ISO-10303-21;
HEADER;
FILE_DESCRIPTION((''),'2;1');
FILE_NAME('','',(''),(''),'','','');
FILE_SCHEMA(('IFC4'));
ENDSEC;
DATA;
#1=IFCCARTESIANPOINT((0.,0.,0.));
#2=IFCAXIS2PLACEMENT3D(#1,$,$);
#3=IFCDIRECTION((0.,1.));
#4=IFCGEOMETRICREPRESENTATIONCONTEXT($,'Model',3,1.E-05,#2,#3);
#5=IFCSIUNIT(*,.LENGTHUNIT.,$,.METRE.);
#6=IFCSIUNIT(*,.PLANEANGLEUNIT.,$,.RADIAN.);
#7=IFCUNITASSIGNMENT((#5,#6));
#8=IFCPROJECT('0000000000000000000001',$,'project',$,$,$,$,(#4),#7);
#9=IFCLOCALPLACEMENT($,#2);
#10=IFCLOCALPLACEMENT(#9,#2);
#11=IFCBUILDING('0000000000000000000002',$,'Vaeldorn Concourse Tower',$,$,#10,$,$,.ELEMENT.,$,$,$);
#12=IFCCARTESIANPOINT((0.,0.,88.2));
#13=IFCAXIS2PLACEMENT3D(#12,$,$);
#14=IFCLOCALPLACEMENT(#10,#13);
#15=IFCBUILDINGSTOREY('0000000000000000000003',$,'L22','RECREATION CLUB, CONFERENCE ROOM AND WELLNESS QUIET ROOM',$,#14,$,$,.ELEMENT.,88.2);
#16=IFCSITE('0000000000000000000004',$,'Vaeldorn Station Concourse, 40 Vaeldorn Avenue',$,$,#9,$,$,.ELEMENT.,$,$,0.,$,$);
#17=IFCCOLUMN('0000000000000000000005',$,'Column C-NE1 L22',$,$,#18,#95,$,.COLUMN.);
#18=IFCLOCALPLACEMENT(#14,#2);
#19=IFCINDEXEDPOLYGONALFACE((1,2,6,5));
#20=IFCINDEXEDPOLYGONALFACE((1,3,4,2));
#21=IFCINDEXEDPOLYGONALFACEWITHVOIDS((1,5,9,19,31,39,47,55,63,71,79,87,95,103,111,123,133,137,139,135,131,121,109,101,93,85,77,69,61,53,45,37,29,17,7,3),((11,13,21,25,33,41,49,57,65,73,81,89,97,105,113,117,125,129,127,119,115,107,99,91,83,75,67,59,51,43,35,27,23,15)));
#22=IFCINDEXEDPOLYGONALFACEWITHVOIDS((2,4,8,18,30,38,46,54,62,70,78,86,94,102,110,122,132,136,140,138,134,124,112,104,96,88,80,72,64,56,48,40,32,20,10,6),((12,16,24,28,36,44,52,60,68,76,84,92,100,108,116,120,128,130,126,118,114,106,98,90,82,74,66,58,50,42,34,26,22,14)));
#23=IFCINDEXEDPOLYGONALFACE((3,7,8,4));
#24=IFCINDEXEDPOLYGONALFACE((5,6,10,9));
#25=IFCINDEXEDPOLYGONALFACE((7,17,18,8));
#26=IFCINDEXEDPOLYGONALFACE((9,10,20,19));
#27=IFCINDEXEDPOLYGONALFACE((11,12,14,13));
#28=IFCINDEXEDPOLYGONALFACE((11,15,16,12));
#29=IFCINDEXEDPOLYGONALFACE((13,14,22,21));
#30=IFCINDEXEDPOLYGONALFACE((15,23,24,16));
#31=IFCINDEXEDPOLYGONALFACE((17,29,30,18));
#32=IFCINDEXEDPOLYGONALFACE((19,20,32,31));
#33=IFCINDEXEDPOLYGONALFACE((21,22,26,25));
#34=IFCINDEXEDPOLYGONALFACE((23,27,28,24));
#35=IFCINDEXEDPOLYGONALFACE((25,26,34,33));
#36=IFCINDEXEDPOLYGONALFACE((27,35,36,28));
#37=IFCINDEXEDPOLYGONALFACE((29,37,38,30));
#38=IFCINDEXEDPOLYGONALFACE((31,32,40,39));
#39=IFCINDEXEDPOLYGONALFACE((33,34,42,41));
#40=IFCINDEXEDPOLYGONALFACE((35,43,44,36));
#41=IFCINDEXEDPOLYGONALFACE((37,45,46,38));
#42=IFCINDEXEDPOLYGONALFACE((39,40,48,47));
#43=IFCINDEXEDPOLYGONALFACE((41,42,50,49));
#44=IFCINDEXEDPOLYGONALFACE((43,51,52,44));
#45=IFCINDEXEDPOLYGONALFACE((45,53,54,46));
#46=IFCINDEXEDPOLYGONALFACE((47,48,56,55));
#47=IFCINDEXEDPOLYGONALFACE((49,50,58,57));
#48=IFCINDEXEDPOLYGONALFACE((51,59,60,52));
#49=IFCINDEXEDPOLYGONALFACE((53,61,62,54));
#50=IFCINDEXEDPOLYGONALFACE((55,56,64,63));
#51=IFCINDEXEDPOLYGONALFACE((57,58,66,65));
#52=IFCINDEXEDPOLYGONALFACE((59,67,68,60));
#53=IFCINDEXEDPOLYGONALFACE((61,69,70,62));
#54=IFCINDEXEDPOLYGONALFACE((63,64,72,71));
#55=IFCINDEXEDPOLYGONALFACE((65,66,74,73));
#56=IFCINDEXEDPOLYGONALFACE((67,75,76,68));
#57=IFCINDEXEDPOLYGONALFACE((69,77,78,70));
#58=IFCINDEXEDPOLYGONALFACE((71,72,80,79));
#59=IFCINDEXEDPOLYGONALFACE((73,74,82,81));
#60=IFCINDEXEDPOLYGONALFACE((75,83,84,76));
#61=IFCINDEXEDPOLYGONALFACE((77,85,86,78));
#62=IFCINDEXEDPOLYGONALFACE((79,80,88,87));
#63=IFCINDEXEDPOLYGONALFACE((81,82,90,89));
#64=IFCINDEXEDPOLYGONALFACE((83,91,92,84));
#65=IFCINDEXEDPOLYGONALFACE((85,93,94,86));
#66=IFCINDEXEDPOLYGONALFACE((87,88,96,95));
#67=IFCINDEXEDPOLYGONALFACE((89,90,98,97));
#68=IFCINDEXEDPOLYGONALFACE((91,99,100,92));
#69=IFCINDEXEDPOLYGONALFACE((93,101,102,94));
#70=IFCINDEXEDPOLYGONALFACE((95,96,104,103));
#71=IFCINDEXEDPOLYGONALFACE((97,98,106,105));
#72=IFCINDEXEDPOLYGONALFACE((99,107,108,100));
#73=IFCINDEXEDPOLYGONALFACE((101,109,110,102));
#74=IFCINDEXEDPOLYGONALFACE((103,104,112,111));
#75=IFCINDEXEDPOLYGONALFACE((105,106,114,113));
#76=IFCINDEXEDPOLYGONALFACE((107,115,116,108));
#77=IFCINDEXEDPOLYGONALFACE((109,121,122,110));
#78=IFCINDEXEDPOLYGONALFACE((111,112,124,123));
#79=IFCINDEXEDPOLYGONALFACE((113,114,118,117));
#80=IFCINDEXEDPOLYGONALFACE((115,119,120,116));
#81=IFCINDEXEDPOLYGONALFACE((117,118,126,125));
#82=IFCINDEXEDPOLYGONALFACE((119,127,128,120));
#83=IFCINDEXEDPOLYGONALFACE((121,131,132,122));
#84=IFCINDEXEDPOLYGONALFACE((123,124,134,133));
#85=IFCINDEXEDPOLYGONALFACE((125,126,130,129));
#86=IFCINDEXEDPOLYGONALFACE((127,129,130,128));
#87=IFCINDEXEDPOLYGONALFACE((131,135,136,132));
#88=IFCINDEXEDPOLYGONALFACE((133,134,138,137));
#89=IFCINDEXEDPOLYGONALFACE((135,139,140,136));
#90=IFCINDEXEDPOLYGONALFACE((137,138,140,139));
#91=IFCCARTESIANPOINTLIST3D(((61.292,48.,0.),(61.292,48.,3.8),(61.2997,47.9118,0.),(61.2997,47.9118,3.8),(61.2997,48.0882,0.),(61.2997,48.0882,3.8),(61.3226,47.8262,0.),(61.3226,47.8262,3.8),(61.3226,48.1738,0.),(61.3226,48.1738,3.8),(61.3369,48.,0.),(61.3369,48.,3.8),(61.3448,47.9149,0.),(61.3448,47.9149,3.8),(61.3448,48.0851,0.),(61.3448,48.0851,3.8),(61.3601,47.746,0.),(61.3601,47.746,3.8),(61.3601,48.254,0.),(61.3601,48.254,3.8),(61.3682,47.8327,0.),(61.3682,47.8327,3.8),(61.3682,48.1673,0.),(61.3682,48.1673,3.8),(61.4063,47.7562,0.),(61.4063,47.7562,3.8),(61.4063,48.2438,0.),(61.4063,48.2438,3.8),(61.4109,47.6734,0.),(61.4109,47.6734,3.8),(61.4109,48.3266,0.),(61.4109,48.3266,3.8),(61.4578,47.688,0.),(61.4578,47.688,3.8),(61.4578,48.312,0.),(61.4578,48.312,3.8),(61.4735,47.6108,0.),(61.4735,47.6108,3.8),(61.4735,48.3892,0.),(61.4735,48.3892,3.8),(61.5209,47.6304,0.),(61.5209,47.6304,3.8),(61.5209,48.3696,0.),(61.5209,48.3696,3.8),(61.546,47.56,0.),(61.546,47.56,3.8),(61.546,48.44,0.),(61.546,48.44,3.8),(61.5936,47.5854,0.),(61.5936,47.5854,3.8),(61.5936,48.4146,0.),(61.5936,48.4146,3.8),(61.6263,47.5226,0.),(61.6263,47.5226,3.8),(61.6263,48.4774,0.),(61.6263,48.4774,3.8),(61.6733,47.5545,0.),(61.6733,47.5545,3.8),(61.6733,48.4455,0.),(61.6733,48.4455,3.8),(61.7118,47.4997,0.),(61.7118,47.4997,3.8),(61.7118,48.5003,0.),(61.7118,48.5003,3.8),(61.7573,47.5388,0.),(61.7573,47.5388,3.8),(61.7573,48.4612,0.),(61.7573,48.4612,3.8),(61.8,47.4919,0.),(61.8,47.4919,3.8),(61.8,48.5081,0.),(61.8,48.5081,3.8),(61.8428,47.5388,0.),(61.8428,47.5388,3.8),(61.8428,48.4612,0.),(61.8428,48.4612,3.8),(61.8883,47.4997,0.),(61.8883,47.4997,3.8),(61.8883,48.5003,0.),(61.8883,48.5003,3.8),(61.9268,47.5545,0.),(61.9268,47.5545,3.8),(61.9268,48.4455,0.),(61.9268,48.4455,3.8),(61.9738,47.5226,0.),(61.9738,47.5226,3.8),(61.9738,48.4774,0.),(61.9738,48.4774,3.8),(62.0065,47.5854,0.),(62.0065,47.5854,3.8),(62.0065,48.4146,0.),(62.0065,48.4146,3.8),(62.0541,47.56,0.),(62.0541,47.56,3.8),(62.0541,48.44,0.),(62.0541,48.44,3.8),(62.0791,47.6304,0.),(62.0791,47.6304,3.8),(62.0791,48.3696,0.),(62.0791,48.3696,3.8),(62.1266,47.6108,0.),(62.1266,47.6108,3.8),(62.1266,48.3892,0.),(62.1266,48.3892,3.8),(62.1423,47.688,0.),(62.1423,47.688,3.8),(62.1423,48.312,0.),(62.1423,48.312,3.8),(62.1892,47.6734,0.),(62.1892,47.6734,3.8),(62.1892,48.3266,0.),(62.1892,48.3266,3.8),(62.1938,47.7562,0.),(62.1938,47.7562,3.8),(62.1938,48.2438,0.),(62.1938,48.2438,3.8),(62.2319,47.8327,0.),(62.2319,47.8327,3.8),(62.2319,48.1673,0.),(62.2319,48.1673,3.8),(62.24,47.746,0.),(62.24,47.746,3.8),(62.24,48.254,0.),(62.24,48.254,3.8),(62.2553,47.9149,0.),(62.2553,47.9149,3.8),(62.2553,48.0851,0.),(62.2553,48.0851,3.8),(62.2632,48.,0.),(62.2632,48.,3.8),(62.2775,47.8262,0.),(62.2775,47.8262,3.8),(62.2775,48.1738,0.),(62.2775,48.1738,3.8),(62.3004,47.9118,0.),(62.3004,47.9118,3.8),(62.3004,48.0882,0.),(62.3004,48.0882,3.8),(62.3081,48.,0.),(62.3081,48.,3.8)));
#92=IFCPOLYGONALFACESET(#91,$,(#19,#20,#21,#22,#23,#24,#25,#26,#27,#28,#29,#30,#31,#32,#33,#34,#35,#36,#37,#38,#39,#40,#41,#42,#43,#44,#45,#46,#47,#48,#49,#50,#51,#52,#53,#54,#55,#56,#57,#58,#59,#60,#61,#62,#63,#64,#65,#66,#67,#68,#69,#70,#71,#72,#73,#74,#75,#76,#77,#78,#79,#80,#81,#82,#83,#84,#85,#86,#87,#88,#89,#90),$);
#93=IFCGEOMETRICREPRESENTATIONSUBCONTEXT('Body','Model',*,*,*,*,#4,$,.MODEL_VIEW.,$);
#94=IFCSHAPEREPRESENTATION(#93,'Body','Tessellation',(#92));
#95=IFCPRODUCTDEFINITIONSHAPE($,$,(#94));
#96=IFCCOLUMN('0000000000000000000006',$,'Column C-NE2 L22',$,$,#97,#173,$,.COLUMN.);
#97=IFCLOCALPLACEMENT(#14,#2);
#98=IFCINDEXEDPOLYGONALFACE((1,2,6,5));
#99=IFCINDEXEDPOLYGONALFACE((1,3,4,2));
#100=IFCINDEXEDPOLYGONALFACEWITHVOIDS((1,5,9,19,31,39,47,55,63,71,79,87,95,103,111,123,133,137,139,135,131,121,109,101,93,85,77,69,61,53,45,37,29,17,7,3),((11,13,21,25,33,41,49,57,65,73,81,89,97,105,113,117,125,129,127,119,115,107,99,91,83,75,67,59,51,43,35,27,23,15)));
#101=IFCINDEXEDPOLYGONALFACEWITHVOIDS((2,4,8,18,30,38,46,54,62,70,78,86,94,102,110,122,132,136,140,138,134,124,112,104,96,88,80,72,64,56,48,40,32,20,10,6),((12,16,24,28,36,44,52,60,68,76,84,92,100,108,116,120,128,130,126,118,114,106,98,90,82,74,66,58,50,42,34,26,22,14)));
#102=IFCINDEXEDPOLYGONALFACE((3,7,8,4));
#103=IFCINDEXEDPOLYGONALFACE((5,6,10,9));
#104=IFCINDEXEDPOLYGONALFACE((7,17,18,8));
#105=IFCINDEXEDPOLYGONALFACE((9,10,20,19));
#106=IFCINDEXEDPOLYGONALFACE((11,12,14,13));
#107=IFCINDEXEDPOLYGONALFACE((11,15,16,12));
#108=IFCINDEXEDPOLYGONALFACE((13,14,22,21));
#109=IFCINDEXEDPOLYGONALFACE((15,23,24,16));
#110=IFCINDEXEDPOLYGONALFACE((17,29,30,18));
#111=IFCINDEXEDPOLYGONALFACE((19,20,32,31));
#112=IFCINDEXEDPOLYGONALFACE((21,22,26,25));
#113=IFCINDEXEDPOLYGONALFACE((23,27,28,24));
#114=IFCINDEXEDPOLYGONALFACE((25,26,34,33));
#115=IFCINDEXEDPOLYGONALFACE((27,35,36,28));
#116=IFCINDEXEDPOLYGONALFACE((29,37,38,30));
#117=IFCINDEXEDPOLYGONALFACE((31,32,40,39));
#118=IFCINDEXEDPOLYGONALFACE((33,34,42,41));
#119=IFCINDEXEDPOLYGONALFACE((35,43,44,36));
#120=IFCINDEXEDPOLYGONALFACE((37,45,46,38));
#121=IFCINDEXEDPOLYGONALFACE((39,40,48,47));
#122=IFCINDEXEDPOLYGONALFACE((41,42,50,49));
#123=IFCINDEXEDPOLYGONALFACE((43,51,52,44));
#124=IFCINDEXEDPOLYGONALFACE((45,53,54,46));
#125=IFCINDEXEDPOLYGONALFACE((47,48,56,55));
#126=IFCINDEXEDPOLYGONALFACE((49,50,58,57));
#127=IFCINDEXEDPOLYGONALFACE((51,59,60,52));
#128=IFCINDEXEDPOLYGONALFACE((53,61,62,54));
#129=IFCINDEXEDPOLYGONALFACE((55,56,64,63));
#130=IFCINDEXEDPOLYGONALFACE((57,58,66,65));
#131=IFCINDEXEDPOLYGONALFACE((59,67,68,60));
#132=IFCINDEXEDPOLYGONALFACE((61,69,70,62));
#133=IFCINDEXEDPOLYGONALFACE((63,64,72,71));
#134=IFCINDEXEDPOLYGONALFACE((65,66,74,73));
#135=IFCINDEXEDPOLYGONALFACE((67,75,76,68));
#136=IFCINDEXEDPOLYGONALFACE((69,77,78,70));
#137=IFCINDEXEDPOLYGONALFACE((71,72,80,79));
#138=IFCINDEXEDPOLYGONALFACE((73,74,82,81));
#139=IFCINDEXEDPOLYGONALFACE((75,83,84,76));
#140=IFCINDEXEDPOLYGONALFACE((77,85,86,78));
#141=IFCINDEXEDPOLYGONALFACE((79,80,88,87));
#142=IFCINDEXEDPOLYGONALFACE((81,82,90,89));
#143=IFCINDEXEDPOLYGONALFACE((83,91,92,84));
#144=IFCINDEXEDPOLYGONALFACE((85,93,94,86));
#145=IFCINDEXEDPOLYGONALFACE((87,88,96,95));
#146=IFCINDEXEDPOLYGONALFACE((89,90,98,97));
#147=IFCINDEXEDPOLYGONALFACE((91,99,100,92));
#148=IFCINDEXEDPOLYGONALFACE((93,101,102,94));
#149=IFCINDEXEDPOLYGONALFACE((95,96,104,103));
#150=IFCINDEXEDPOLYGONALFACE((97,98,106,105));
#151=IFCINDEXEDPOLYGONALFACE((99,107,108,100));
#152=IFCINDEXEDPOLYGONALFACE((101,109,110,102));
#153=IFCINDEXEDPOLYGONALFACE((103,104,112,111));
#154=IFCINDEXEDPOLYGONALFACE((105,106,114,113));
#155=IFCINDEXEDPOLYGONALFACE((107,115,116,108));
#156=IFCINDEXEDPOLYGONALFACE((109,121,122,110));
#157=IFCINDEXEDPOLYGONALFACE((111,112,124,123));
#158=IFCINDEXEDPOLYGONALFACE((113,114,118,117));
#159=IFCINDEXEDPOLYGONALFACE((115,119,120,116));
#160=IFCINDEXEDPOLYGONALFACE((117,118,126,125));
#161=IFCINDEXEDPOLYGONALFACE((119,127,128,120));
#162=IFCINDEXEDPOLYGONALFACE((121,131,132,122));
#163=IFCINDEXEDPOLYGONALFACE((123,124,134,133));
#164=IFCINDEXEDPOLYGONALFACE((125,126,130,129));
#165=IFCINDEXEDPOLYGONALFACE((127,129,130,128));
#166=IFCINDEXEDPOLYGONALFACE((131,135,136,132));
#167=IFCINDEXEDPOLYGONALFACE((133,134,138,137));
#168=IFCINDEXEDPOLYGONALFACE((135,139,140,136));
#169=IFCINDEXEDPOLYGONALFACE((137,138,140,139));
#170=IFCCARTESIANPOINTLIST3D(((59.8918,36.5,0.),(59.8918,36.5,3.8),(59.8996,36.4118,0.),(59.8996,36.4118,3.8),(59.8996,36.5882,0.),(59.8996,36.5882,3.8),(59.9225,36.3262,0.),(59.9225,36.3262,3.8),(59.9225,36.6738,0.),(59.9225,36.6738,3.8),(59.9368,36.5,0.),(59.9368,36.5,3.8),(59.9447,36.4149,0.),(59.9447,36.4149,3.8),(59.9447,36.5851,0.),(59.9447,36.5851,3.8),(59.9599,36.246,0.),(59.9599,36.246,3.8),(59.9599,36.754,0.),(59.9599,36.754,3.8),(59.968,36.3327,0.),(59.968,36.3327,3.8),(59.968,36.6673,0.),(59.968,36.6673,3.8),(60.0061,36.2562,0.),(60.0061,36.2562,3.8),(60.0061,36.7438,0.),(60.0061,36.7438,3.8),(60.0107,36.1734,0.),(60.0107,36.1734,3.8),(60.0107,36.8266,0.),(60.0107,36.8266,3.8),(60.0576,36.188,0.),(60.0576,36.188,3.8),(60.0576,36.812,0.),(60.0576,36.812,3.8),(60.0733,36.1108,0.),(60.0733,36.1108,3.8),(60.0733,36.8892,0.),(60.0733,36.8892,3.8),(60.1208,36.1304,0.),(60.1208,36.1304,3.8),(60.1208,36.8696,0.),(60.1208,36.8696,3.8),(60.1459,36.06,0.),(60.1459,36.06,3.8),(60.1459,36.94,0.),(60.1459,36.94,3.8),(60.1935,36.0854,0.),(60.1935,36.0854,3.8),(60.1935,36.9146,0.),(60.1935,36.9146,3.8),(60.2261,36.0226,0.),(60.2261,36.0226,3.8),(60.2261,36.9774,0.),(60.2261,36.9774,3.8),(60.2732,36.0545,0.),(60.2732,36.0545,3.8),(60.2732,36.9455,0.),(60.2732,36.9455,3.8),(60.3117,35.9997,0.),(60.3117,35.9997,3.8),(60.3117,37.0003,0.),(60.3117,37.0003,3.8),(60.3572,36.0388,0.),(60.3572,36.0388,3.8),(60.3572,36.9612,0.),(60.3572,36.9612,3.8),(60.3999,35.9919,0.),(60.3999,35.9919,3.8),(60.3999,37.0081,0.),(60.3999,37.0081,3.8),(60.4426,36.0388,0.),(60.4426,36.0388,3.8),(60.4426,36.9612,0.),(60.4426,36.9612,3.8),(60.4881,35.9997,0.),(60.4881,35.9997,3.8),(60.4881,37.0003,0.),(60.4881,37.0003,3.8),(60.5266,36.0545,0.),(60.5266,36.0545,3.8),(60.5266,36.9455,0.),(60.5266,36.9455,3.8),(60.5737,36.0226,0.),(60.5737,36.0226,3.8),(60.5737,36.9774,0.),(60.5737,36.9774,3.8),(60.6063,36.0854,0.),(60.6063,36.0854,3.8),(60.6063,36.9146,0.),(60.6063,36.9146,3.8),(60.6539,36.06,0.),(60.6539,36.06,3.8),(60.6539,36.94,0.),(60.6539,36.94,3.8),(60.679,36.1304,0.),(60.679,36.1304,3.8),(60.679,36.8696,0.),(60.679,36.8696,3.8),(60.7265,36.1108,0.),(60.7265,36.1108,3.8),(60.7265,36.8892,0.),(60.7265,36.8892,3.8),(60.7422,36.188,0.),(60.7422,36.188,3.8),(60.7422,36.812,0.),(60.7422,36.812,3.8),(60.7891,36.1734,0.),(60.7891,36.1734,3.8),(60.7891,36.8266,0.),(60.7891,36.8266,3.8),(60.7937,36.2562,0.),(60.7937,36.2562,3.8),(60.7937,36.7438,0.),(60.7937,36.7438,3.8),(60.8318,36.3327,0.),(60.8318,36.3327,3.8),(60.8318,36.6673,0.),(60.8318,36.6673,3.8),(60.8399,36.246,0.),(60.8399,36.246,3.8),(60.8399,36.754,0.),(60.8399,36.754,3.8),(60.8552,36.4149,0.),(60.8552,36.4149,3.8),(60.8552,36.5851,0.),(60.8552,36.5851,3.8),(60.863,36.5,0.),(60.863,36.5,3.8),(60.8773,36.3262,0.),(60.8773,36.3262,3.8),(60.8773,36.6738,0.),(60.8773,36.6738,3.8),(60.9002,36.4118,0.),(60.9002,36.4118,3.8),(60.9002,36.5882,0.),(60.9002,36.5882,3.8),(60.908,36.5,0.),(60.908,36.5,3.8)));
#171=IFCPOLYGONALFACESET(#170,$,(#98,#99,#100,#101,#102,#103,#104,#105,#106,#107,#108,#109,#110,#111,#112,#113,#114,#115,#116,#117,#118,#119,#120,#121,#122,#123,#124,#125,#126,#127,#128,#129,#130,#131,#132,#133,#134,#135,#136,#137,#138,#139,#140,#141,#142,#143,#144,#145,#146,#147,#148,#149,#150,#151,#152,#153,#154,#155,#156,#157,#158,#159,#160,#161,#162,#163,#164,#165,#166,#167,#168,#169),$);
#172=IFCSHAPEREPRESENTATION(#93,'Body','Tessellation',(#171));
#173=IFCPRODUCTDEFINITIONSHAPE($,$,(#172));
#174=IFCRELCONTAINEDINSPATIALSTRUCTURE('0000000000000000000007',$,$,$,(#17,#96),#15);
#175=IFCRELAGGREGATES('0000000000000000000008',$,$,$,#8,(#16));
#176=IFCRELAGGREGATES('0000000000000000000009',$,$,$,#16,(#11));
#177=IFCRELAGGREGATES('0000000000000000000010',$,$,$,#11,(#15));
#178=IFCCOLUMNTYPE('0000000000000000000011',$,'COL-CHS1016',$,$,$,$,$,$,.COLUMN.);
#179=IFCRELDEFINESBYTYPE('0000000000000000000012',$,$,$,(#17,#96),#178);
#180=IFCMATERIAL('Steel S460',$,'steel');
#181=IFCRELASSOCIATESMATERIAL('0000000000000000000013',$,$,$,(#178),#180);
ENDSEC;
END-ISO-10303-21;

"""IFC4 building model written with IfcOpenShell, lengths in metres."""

from ifc_helpers import new_model, si_unit, direction, frame, origin, origin_2d, place, context, subcontext, project, spatial, hollow_circle, extrude, source, transform, mapped, material, material_profile, profile_set, type_object, element, save


model = new_model("IFC4")

# Units and contexts
model_context = context("Model", 3, precision=1e-05, world=origin(), true_north=direction((0.0, 1.0)))
body_context = subcontext(model_context, "Body", "Model", "MODEL_VIEW")
ifc_project = project(units=[si_unit("LENGTHUNIT", "METRE"), si_unit("PLANEANGLEUNIT", "RADIAN")], contexts=[model_context])

# Site, building, storey
site_placement = place(None, origin())
site = spatial("IfcSite", under=ifc_project, at=site_placement, Name="Vaeldorn Station Concourse, 40 Vaeldorn Avenue", CompositionType="ELEMENT", RefElevation=0.0)
building_placement = place(site_placement, origin())
building = spatial("IfcBuilding", under=site, at=building_placement, Name="Vaeldorn Concourse Tower", CompositionType="ELEMENT")
storey_placement = place(building_placement, frame((0.0, 0.0, 88.2)))
storey = spatial("IfcBuildingStorey", under=building, at=storey_placement, Name="L22", Description="RECREATION CLUB, CONFERENCE ROOM AND WELLNESS QUIET ROOM", CompositionType="ELEMENT", Elevation=88.2)

# Columns
ifc_material_1 = material(Name="Steel S460", Category="steel")
ifc_material_profile_1 = material_profile(ifc_material_1, hollow_circle(Radius=0.5081, WallThickness=0.0449, at=origin_2d()), Name="CHS 1016x45")
ifc_profile_set_1 = profile_set([ifc_material_profile_1], Name="Steel S460")
column_type = type_object("IfcColumnType", Name="COL-CHS1016", PredefinedType="COLUMN", material=ifc_profile_set_1)
shared_shape_1 = source(origin(), body_context, "Body", "SweptSolid", [
    extrude(hollow_circle(Radius=0.5081, WallThickness=0.0449, at=origin_2d()), origin(), (0.0, 0.0, 1.0), 3.8),
])
for number, where, z_axis, x_axis, name in (
    (1, (61.8, 48.0, 0.0), (0.0, 0.0, 1.0), (1.0, 0.0, 0.0), "Column C-NE1 L22"),
    (2, (60.3999, 36.5, 0.0), (0.0, 0.0, 1.0), (1.0, 0.0, 0.0), "Column C-NE2 L22"),
):
    element("IfcColumn", number, at=place(storey_placement, frame(where, z_axis=z_axis, x_axis=x_axis)), inside=storey, type_object=column_type, Name=name, PredefinedType="COLUMN", context=body_context, shape_type="MappedRepresentation", body=[
        mapped(shared_shape_1, transform((0.0, 0.0, 0.0), scale=1.0)),
    ])

save(model, "model.ifc")
